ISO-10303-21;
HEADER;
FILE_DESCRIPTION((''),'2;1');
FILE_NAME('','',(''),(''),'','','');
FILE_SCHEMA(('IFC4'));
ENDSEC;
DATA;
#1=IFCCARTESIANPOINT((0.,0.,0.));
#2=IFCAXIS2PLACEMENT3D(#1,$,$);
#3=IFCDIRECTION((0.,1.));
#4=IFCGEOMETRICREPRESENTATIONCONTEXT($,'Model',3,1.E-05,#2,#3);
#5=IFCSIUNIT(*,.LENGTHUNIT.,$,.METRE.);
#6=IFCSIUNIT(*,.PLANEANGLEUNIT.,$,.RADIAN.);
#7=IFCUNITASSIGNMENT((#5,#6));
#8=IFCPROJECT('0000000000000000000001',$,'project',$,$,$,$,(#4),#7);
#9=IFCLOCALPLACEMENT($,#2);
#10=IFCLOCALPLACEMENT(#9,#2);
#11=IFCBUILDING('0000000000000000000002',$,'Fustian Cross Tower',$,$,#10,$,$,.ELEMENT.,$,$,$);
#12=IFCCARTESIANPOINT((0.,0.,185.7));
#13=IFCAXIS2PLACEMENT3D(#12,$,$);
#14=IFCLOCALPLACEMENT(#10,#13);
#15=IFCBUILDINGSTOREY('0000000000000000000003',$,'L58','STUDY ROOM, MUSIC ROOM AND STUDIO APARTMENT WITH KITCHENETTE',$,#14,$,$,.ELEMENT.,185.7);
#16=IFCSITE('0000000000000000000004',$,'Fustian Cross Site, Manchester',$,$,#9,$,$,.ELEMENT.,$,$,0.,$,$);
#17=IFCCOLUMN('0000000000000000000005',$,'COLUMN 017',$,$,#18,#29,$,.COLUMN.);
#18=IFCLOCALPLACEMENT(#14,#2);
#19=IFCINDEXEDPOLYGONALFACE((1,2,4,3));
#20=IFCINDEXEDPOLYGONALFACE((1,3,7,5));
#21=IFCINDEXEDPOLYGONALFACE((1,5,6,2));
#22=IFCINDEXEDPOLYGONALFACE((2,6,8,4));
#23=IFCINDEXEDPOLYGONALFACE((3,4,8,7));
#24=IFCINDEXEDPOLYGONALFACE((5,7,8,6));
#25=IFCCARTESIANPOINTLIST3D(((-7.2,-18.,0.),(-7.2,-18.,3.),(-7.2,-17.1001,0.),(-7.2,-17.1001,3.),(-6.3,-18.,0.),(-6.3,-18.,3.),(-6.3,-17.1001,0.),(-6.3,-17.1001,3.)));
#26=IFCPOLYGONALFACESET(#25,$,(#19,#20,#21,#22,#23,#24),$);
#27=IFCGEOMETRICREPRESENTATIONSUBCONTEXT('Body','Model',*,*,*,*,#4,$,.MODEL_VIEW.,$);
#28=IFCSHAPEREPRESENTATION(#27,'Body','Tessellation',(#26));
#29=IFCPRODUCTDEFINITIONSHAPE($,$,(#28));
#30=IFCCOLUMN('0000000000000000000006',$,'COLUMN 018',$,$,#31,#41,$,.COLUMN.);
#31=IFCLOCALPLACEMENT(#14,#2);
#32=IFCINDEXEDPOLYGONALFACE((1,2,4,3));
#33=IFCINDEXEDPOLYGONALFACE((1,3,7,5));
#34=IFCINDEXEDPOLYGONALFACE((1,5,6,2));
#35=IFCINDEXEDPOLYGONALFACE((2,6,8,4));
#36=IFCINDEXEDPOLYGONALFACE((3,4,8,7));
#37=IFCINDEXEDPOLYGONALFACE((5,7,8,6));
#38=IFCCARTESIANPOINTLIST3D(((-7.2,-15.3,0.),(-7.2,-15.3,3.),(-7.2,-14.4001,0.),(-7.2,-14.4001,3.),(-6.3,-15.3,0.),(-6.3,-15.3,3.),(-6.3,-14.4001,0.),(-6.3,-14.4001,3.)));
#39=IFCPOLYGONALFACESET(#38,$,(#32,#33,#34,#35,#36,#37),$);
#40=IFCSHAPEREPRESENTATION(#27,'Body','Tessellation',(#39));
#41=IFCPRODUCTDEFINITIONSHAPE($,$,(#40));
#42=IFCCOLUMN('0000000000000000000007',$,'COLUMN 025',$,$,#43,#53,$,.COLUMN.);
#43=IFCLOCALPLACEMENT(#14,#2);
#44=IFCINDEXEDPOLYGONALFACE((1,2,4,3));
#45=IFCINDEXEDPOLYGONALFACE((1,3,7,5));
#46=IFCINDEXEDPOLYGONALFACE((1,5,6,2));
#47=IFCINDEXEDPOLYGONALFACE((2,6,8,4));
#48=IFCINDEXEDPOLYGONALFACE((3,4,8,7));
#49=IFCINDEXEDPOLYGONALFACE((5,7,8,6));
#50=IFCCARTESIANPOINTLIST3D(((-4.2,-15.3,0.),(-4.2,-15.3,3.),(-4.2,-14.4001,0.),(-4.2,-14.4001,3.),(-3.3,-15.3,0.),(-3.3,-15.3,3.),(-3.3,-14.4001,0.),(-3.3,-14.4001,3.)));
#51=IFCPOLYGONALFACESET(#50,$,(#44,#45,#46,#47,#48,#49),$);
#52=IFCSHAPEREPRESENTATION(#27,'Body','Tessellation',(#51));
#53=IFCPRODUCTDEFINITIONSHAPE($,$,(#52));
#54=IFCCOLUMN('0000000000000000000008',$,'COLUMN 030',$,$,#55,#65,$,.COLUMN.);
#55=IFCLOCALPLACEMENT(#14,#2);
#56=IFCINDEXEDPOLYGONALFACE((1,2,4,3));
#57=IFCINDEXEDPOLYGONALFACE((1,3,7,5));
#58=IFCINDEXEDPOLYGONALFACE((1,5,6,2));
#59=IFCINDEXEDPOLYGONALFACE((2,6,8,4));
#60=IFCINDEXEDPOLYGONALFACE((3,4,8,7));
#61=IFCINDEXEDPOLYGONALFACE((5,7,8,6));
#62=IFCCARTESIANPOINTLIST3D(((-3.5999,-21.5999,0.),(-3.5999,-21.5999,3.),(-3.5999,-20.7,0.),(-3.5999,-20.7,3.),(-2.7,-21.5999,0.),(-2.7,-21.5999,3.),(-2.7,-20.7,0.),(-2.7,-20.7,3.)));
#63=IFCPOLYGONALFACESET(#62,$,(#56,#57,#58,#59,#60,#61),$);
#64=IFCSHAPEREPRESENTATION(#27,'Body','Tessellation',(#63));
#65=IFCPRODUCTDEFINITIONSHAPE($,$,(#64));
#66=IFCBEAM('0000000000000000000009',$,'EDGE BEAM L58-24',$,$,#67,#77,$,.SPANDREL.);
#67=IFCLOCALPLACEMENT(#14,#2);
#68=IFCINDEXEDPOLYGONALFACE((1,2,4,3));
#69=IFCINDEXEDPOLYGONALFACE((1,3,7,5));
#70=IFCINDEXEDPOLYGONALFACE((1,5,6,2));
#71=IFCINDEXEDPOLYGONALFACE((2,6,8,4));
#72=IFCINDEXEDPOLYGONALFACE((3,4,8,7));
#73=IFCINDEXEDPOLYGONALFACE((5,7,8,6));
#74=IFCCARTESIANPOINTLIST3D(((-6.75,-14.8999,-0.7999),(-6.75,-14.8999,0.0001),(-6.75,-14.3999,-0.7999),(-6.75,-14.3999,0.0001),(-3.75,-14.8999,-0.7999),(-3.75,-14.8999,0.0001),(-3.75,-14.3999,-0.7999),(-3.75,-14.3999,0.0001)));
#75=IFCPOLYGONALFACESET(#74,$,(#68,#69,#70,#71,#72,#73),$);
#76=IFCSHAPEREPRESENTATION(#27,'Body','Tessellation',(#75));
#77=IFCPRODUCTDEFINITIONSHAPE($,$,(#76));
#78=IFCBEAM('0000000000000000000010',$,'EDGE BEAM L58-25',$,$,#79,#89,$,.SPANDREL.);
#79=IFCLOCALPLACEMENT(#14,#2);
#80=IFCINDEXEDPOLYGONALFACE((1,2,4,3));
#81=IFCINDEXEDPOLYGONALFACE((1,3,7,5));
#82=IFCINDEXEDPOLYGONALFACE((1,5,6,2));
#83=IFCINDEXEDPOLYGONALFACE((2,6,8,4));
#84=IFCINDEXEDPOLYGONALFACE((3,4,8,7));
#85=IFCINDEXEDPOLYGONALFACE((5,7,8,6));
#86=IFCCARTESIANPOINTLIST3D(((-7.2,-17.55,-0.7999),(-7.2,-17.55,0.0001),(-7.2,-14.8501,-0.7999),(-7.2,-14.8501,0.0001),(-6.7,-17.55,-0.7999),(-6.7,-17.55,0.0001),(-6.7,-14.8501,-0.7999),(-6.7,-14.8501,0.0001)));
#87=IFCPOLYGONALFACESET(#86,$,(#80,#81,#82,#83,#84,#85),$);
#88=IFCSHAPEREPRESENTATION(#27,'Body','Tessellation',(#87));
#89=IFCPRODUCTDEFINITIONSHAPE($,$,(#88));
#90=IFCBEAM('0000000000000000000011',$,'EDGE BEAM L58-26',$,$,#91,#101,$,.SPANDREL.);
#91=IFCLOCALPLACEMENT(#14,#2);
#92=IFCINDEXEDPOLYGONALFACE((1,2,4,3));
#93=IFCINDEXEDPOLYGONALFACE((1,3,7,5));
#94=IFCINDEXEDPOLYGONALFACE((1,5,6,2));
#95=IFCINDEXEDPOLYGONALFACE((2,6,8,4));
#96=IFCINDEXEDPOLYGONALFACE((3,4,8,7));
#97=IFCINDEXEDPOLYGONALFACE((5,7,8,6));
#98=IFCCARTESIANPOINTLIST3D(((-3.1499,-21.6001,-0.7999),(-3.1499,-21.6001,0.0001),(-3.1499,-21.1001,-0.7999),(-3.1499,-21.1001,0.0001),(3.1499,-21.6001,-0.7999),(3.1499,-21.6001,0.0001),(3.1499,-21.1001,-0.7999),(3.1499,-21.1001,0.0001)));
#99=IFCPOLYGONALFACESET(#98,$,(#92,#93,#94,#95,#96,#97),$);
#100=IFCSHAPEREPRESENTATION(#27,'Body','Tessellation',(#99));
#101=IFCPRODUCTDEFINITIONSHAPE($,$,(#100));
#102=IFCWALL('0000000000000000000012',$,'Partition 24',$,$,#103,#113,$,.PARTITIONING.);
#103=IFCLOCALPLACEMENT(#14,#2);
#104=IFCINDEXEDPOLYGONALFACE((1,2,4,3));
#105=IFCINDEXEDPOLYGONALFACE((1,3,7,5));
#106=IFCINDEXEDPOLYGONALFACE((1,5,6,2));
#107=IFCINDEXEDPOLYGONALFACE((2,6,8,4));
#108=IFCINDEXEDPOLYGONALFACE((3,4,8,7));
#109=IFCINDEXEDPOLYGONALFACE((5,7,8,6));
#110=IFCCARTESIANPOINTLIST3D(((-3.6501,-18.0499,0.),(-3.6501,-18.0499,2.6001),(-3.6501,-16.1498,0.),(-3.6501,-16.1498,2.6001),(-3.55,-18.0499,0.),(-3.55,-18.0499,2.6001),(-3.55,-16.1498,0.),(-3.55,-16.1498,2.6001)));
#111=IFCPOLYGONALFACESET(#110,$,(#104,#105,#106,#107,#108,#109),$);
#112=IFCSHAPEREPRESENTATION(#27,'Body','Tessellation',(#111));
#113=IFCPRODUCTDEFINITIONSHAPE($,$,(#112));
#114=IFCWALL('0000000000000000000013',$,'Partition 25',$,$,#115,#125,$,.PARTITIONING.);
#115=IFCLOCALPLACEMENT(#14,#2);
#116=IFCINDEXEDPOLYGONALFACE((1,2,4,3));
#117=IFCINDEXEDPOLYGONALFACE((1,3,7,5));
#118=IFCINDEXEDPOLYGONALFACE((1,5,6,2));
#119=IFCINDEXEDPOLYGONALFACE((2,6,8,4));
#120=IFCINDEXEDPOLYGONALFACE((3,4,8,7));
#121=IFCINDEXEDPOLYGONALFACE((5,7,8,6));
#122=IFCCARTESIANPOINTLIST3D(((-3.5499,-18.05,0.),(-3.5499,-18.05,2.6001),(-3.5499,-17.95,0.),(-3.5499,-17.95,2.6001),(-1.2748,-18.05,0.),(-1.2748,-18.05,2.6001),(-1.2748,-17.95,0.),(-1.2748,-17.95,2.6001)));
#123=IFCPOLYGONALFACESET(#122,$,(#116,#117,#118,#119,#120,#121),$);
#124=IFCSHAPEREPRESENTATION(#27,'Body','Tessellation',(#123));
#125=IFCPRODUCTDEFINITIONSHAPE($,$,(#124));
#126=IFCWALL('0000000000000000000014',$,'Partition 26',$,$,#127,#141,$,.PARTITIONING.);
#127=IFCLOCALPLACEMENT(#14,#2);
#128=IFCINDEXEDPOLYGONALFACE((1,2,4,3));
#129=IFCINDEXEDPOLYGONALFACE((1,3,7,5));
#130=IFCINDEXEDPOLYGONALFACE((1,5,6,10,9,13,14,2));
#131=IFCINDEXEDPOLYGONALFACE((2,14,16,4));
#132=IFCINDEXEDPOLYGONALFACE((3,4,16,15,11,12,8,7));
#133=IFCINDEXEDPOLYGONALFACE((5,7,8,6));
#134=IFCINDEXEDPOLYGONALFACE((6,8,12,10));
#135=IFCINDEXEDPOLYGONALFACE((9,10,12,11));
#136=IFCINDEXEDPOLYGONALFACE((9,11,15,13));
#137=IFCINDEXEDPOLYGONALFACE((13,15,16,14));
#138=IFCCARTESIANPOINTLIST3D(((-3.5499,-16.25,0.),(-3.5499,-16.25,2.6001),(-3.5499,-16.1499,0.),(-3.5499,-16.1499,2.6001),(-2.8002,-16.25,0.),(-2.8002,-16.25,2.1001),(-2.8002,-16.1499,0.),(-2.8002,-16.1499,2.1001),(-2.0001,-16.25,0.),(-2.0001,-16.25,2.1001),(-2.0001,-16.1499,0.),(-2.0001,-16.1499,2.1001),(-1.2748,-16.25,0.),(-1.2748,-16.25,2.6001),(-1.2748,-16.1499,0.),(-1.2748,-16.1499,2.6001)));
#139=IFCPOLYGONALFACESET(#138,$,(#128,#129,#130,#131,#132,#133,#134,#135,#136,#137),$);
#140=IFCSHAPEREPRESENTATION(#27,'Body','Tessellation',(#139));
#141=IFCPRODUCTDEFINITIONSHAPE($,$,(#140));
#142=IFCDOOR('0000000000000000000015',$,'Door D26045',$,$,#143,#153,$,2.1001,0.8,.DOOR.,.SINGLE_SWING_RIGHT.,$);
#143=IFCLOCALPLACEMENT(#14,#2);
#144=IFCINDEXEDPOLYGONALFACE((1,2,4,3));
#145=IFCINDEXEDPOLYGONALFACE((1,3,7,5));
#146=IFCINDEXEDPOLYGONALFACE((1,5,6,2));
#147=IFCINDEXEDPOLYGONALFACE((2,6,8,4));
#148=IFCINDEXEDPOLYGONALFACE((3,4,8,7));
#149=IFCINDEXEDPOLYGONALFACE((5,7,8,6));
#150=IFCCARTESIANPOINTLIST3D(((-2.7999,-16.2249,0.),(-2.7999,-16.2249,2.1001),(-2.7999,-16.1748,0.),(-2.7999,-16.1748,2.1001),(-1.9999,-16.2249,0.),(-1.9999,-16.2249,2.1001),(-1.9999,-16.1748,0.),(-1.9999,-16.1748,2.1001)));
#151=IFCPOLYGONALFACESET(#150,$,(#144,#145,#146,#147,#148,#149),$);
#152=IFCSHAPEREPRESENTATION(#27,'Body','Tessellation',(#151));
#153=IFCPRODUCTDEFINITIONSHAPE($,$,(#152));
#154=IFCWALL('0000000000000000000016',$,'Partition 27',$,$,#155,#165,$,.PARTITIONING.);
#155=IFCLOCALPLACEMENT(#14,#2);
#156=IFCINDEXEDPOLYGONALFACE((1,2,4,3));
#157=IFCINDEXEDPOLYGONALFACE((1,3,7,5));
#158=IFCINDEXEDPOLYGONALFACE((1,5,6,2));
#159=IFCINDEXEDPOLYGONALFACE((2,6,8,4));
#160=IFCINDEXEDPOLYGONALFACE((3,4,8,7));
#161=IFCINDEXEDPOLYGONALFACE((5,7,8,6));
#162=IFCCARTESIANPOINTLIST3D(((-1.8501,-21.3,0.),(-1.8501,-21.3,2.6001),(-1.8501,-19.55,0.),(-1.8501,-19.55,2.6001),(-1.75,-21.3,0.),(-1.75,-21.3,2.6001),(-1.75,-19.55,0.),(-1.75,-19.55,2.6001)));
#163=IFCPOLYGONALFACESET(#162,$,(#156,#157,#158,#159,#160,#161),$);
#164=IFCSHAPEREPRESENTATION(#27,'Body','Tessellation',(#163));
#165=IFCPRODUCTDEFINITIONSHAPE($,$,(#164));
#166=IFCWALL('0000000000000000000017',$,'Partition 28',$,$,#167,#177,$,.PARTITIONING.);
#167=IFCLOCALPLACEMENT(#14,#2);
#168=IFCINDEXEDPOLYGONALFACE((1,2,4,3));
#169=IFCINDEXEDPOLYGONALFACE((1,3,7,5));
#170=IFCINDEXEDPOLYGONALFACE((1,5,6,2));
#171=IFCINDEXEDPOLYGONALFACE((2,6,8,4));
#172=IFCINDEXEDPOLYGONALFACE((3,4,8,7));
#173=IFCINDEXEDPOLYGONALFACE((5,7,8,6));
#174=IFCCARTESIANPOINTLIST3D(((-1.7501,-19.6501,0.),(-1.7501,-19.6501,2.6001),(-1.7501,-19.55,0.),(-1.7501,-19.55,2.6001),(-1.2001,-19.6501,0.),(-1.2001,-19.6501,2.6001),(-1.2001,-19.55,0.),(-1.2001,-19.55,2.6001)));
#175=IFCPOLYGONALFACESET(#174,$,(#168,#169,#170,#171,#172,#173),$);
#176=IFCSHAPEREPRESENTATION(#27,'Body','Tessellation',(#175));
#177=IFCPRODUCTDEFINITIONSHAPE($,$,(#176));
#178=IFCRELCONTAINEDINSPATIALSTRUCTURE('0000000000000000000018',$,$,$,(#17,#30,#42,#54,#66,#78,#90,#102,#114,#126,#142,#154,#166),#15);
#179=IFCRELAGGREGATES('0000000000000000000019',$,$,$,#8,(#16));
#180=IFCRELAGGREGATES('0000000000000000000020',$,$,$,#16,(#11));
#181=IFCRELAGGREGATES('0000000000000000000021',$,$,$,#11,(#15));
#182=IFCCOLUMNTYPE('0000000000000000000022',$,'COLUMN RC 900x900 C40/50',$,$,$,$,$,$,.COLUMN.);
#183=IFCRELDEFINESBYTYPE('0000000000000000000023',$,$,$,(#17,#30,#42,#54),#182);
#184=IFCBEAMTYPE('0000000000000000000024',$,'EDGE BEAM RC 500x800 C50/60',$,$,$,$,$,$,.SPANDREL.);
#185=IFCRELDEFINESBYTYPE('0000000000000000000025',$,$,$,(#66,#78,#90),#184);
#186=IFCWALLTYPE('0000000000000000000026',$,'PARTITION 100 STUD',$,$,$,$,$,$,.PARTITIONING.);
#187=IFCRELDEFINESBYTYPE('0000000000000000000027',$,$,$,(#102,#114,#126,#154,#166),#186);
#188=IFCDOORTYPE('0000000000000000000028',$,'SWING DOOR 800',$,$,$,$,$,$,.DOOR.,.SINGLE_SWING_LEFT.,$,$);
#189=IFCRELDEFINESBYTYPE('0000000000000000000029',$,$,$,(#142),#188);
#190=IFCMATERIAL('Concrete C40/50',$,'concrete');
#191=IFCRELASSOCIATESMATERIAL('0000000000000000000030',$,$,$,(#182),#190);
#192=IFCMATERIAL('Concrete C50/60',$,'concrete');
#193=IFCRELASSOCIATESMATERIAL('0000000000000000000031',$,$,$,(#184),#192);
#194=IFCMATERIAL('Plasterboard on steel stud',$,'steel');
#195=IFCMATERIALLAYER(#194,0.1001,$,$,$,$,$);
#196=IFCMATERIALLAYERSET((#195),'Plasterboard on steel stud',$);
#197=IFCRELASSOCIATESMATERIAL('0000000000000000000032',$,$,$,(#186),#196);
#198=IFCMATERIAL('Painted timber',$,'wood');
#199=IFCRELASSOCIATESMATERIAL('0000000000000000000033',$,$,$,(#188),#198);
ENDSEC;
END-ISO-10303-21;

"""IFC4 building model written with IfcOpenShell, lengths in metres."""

from ifc_helpers import new_model, si_unit, direction, frame, frame_2d, origin, origin_2d, place, context, subcontext, project, spatial, rectangle, extrude, material, layer, layer_set, material_profile, profile_set, type_object, element, fill, save


model = new_model("IFC4")

# Units and contexts
model_context = context("Model", 3, precision=1e-05, world=origin(), true_north=direction((0.0, 1.0)))
body_context = subcontext(model_context, "Body", "Model", "MODEL_VIEW")
ifc_project = project(units=[si_unit("LENGTHUNIT", "METRE"), si_unit("PLANEANGLEUNIT", "RADIAN")], contexts=[model_context])

# Site, building, storey
site_placement = place(None, origin())
site = spatial("IfcSite", under=ifc_project, at=site_placement, Name="Fustian Cross Site, Manchester", CompositionType="ELEMENT", RefElevation=0.0)
building_placement = place(site_placement, origin())
building = spatial("IfcBuilding", under=site, at=building_placement, Name="Fustian Cross Tower", CompositionType="ELEMENT")
storey_placement = place(building_placement, frame((0.0, 0.0, 185.7)))
storey = spatial("IfcBuildingStorey", under=building, at=storey_placement, Name="L58", Description="STUDY ROOM, MUSIC ROOM AND STUDIO APARTMENT WITH KITCHENETTE", CompositionType="ELEMENT", Elevation=185.7)

# Columns
ifc_material_1 = material(Name="Concrete C40/50", Category="concrete")
ifc_material_profile_1 = material_profile(ifc_material_1, rectangle(XDim=0.8999, YDim=0.8999, at=origin_2d()), Name="RC 900x900")
ifc_profile_set_1 = profile_set([ifc_material_profile_1], Name="Concrete C40/50")
column_type = type_object("IfcColumnType", Name="COLUMN RC 900x900 C40/50", PredefinedType="COLUMN", material=ifc_profile_set_1)
for number, where, z_axis, x_axis, name in (
    (1, (-6.75, -17.55, 0.0), (0.0, 0.0, 1.0), (1.0, 0.0, 0.0), "COLUMN 017"),
    (2, (-6.75, -14.8501, 0.0), (0.0, 0.0, 1.0), (1.0, 0.0, 0.0), "COLUMN 018"),
    (3, (-3.75, -14.8501, 0.0), (0.0, 0.0, 1.0), (1.0, 0.0, 0.0), "COLUMN 025"),
    (4, (-3.1499, -21.1499, 0.0), (0.0, 0.0, 1.0), (1.0, 0.0, 0.0), "COLUMN 030"),
):
    element("IfcColumn", number, at=place(storey_placement, frame(where, z_axis=z_axis, x_axis=x_axis)), inside=storey, type_object=column_type, Name=name, PredefinedType="COLUMN", context=body_context, shape_type="SweptSolid", body=[
        extrude(rectangle(XDim=0.8999, YDim=0.8999, at=origin_2d()), origin(), (0.0, 0.0, 1.0), 3.0),
    ])

# Beams
ifc_material_2 = material(Name="Concrete C50/60", Category="concrete")
ifc_material_profile_2 = material_profile(ifc_material_2, rectangle(XDim=0.5, YDim=0.8, at=origin_2d()), Name="RC 500x800")
ifc_profile_set_2 = profile_set([ifc_material_profile_2], Name="Concrete C50/60")
beam_type = type_object("IfcBeamType", Name="EDGE BEAM RC 500x800 C50/60", PredefinedType="SPANDREL", material=ifc_profile_set_2)
beam_1_placement = place(storey_placement, frame((-3.75, -14.6499, -0.3999), z_axis=(-1.0, 0.0, 0.0), x_axis=(0.0, -1.0, 0.0)))
element("IfcBeam", 5, at=beam_1_placement, inside=storey, type_object=beam_type, Name="EDGE BEAM L58-24", PredefinedType="SPANDREL", context=body_context, shape_type="SweptSolid", body=[
    extrude(rectangle(XDim=0.5, YDim=0.8, at=origin_2d()), origin(), (0.0, 0.0, 1.0), 3.0),
])
beam_2_placement = place(storey_placement, frame((-6.95, -14.8501, -0.3999), z_axis=(0.0, -1.0, 0.0), x_axis=(1.0, 0.0, 0.0)))
element("IfcBeam", 6, at=beam_2_placement, inside=storey, type_object=beam_type, Name="EDGE BEAM L58-25", PredefinedType="SPANDREL", context=body_context, shape_type="SweptSolid", body=[
    extrude(rectangle(XDim=0.5, YDim=0.8, at=origin_2d()), origin(), (0.0, 0.0, 1.0), 2.7),
])
beam_3_placement = place(storey_placement, frame((-3.1499, -21.3501, -0.3999), z_axis=(1.0, 0.0, 0.0), x_axis=(0.0, 1.0, 0.0)))
element("IfcBeam", 7, at=beam_3_placement, inside=storey, type_object=beam_type, Name="EDGE BEAM L58-26", PredefinedType="SPANDREL", context=body_context, shape_type="SweptSolid", body=[
    extrude(rectangle(XDim=0.5, YDim=0.8, at=origin_2d()), origin(), (0.0, 0.0, 1.0), 6.2998),
])

# Walls
ifc_material_3 = material(Name="Plasterboard on steel stud", Category="steel")
ifc_layer_1 = layer(ifc_material_3, 0.1001)
ifc_layer_set_1 = layer_set([ifc_layer_1], Name="Plasterboard on steel stud")
wall_type_1 = type_object("IfcWallType", Name="PARTITION 100 STUD", PredefinedType="PARTITIONING", material=ifc_layer_set_1)
wall_1_placement = place(storey_placement, frame((-3.6001, -18.05, 0.0), z_axis=(0.0, 0.0, 1.0), x_axis=(0.0, 1.0, 0.0)))
element("IfcWall", 8, at=wall_1_placement, inside=storey, type_object=wall_type_1, Name="Partition 24", PredefinedType="PARTITIONING", context=body_context, shape_type="SweptSolid", body=[
    extrude(rectangle(XDim=1.9001, YDim=0.1001, at=frame_2d((0.9502, 0.0))), origin(), (0.0, 0.0, 1.0), 2.6001),
])
wall_2_placement = place(storey_placement, frame((-3.55, -18.0, 0.0), z_axis=(0.0, 0.0, 1.0), x_axis=(1.0, 0.0, 0.0)))
element("IfcWall", 9, at=wall_2_placement, inside=storey, type_object=wall_type_1, Name="Partition 25", PredefinedType="PARTITIONING", context=body_context, shape_type="SweptSolid", body=[
    extrude(rectangle(XDim=2.2751, YDim=0.1001, at=frame_2d((1.1377, 0.0))), origin(), (0.0, 0.0, 1.0), 2.6001),
])

# Wall, opening, door
wall_3_placement = place(storey_placement, frame((-3.55, -16.2, 0.0), z_axis=(0.0, 0.0, 1.0), x_axis=(1.0, 0.0, 0.0)))
wall_3 = element("IfcWall", 10, at=wall_3_placement, inside=storey, type_object=wall_type_1, Name="Partition 26", PredefinedType="PARTITIONING", context=body_context, shape_type="SweptSolid", body=[
    extrude(rectangle(XDim=2.2751, YDim=0.1001, at=frame_2d((1.1377, 0.0))), origin(), (0.0, 0.0, 1.0), 2.6001),
])
opening_1_placement = place(wall_3_placement, frame((0.75, 0.0, 0.0)))
opening_1 = element("IfcOpeningElement", 11, at=opening_1_placement, cuts=wall_3, PredefinedType="OPENING", context=body_context, shape_type="SweptSolid", body=[
    extrude(rectangle(XDim=0.8, YDim=2.1001, at=frame_2d((0.3999, 1.05))), frame((0.0, 0.0601, 0.0), z_axis=(0.0, -1.0, 0.0), x_axis=(1.0, 0.0, 0.0)), (0.0, 0.0, 1.0), 0.1201),
])
ifc_material_4 = material(Name="Painted timber", Category="wood")
door_type = type_object("IfcDoorType", Name="SWING DOOR 800", OperationType="SINGLE_SWING_LEFT", PredefinedType="DOOR", material=ifc_material_4)
door_placement = place(opening_1_placement, frame((0.8, 0.0, 0.0), z_axis=(0.0, 0.0, 1.0), x_axis=(-1.0, 0.0, 0.0)))
door = element("IfcDoor", 12, at=door_placement, inside=storey, type_object=door_type, Name="Door D26045", OperationType="SINGLE_SWING_RIGHT", OverallHeight=2.1001, OverallWidth=0.8, PredefinedType="DOOR", context=body_context, shape_type="SweptSolid", body=[
    extrude(rectangle(XDim=0.8, YDim=2.1001, at=frame_2d((0.3999, 1.05))), frame((0.0, 0.0249, 0.0), z_axis=(0.0, -1.0, 0.0), x_axis=(1.0, 0.0, 0.0)), (0.0, 0.0, 1.0), 0.05),
])
fill(opening_1, door)

# Walls
wall_4_placement = place(storey_placement, frame((-1.8, -21.3, 0.0), z_axis=(0.0, 0.0, 1.0), x_axis=(0.0, 1.0, 0.0)))
element("IfcWall", 13, at=wall_4_placement, inside=storey, type_object=wall_type_1, Name="Partition 27", PredefinedType="PARTITIONING", context=body_context, shape_type="SweptSolid", body=[
    extrude(rectangle(XDim=1.75, YDim=0.1001, at=frame_2d((0.875, 0.0))), origin(), (0.0, 0.0, 1.0), 2.6001),
])
wall_5_placement = place(storey_placement, frame((-1.75, -19.6001, 0.0), z_axis=(0.0, 0.0, 1.0), x_axis=(1.0, 0.0, 0.0)))
element("IfcWall", 14, at=wall_5_placement, inside=storey, type_object=wall_type_1, Name="Partition 28", PredefinedType="PARTITIONING", context=body_context, shape_type="SweptSolid", body=[
    extrude(rectangle(XDim=0.55, YDim=0.1001, at=frame_2d((0.2749, 0.0))), origin(), (0.0, 0.0, 1.0), 2.6001),
])

save(model, "model.ifc")
